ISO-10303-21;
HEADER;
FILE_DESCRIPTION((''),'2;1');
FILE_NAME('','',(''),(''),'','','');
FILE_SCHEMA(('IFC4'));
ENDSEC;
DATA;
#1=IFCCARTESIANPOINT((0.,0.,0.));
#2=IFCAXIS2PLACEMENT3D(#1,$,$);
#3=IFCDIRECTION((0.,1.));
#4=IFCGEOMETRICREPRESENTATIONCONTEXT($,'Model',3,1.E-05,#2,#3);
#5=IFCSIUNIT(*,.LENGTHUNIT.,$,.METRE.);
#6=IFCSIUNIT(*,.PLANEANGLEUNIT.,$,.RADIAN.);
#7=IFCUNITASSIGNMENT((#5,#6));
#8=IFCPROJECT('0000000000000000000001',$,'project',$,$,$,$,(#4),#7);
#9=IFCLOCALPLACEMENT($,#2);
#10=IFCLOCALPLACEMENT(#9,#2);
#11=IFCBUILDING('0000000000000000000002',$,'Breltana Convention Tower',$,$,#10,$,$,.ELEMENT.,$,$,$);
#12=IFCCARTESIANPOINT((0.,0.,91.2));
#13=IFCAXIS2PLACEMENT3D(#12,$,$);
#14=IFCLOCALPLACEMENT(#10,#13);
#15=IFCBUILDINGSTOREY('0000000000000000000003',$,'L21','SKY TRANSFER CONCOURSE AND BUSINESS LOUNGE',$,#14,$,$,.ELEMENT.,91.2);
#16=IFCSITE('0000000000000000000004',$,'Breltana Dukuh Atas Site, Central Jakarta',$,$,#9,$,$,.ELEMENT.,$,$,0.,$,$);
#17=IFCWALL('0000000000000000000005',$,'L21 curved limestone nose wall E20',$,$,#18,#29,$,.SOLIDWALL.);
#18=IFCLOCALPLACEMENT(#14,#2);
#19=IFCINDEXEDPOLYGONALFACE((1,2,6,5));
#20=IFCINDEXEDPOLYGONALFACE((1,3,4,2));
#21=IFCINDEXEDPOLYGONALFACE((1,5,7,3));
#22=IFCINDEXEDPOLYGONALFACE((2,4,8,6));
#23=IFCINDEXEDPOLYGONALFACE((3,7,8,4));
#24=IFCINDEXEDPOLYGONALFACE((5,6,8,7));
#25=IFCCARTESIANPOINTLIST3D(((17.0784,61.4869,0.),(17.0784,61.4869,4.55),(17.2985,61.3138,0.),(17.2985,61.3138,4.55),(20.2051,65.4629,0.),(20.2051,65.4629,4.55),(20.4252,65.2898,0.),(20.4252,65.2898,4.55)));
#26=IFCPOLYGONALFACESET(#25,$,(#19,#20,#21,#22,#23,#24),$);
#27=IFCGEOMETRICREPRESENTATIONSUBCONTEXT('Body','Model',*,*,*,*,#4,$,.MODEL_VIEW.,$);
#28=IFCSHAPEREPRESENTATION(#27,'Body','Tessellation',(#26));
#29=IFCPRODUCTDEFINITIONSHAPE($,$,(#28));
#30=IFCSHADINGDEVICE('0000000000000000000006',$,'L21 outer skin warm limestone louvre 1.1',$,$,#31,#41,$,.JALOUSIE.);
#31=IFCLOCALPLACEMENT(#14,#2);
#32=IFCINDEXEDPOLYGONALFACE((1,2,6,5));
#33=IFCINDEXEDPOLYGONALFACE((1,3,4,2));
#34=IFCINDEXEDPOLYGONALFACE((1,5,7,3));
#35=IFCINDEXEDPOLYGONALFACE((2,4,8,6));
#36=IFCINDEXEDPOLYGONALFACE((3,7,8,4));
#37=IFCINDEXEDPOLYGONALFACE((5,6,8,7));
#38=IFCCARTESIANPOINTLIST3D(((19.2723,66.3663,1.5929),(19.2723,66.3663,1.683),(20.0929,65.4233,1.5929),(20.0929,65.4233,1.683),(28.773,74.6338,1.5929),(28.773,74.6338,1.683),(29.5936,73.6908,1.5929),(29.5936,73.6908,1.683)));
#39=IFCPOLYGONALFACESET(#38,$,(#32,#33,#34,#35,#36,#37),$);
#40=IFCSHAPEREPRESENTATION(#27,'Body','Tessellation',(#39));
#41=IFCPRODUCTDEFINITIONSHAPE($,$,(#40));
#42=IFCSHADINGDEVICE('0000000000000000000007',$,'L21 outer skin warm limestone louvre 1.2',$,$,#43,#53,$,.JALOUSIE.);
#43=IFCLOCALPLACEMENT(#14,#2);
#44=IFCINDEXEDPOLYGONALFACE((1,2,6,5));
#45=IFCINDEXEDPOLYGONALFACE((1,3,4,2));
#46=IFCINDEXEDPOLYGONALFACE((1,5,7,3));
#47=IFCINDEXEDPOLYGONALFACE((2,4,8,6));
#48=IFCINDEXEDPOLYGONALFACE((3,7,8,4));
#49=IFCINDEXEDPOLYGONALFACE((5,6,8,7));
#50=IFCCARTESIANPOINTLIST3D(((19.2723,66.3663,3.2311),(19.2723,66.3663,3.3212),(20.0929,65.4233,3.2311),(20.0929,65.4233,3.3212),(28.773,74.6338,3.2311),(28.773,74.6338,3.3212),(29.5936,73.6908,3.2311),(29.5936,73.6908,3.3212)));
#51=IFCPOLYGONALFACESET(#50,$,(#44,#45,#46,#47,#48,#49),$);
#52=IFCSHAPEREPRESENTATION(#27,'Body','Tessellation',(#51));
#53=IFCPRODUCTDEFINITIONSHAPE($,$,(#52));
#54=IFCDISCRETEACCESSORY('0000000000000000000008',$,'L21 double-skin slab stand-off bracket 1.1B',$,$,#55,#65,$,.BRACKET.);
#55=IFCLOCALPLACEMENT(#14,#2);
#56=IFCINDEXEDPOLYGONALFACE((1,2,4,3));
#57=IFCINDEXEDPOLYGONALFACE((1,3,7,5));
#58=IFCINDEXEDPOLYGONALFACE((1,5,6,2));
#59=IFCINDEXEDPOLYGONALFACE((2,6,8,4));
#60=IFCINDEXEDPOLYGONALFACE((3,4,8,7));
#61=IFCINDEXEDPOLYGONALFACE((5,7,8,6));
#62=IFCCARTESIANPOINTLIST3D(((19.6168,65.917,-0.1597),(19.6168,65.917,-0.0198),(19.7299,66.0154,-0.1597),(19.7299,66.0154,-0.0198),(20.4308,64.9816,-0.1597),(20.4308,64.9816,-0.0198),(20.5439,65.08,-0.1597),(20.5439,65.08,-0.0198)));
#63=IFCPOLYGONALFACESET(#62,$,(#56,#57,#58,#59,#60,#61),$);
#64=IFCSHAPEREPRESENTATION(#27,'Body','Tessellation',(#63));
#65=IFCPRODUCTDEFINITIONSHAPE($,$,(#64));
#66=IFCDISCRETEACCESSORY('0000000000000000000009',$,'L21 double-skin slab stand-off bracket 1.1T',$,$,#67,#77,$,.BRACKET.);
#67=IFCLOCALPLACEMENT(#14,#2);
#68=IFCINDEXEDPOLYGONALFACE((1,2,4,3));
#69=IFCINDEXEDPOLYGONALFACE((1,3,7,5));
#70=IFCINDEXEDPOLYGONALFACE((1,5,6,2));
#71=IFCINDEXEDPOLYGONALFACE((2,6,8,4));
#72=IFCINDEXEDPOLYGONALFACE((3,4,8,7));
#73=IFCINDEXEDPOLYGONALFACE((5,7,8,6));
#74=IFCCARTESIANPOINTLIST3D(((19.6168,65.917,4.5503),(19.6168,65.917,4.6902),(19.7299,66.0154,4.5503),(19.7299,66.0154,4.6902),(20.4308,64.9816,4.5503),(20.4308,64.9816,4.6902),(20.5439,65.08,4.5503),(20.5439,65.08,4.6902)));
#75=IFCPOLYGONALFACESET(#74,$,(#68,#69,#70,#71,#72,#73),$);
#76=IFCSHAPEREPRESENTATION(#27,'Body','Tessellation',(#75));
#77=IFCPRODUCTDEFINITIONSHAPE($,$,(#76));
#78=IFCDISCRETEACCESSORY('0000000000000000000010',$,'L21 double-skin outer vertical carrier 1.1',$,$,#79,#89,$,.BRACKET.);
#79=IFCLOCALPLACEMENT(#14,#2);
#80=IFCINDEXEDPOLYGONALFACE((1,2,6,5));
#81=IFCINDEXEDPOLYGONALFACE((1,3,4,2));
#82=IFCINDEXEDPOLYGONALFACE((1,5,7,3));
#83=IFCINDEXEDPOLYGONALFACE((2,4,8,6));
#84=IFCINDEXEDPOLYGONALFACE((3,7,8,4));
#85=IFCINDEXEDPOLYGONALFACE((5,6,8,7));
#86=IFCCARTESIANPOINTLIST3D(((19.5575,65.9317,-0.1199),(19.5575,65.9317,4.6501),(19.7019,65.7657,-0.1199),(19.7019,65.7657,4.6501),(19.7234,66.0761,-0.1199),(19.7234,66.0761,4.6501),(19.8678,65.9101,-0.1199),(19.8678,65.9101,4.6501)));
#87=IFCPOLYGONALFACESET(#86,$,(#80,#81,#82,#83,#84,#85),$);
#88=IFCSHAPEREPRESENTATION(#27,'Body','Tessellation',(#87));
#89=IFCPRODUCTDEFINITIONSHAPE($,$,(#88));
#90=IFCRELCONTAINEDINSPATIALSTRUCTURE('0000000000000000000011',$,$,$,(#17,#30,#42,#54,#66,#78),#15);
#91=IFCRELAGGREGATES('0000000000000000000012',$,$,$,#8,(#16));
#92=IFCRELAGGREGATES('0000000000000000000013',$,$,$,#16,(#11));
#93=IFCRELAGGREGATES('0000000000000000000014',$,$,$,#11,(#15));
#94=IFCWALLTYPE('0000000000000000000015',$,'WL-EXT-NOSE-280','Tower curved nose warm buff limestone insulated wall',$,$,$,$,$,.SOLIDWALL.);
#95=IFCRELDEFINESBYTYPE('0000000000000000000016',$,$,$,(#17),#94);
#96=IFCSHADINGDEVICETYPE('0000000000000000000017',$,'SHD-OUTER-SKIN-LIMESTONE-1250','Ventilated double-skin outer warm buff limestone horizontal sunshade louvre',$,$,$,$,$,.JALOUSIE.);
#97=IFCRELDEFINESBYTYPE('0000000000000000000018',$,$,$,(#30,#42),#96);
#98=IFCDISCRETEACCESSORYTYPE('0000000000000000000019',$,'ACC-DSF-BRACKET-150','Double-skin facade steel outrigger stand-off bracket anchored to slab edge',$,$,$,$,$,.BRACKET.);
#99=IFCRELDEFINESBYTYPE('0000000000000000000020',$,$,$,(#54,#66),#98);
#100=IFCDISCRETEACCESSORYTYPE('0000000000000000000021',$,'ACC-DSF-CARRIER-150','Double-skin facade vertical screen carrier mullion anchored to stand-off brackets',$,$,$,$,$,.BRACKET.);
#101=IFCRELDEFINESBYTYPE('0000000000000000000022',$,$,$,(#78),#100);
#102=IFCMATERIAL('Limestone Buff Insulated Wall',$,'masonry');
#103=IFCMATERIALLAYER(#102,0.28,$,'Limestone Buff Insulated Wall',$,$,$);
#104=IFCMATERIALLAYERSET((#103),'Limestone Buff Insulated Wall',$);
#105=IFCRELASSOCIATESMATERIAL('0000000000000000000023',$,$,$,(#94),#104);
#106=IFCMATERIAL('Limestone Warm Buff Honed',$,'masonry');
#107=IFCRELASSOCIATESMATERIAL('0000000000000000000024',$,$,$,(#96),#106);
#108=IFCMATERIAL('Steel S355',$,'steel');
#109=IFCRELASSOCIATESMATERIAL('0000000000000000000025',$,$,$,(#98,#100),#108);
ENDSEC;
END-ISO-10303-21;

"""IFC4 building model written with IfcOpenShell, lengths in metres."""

from ifc_helpers import new_model, si_unit, direction, frame, frame_2d, origin, origin_2d, place, context, subcontext, project, spatial, rectangle, extrude, source, transform, mapped, material, layer, layer_set, material_profile, profile_set, type_object, type_shapes, element, save


model = new_model("IFC4")

# Units and contexts
model_context = context("Model", 3, precision=1e-05, world=origin(), true_north=direction((0.0, 1.0)))
body_context = subcontext(model_context, "Body", "Model", "MODEL_VIEW")
ifc_project = project(units=[si_unit("LENGTHUNIT", "METRE"), si_unit("PLANEANGLEUNIT", "RADIAN")], contexts=[model_context])

# Site, building, storey
site_placement = place(None, origin())
site = spatial("IfcSite", under=ifc_project, at=site_placement, Name="Breltana Dukuh Atas Site, Central Jakarta", CompositionType="ELEMENT", RefElevation=0.0)
building_placement = place(site_placement, origin())
building = spatial("IfcBuilding", under=site, at=building_placement, Name="Breltana Convention Tower", CompositionType="ELEMENT")
storey_placement = place(building_placement, frame((0.0, 0.0, 91.2)))
storey = spatial("IfcBuildingStorey", under=building, at=storey_placement, Name="L21", Description="SKY TRANSFER CONCOURSE AND BUSINESS LOUNGE", CompositionType="ELEMENT", Elevation=91.2)

# Wall
ifc_material_1 = material(Name="Limestone Buff Insulated Wall", Category="masonry")
ifc_layer_1 = layer(ifc_material_1, 0.28, Name="Limestone Buff Insulated Wall")
ifc_layer_set_1 = layer_set([ifc_layer_1], Name="Limestone Buff Insulated Wall")
wall_type = type_object("IfcWallType", Name="WL-EXT-NOSE-280", Description="Tower curved nose warm buff limestone insulated wall", PredefinedType="SOLIDWALL", material=ifc_layer_set_1)
shared_shape_1 = source(origin(), body_context, "Body", "SweptSolid", [
    extrude(rectangle(XDim=5.0581, YDim=0.28, at=frame_2d((2.5291, 0.0))), origin(), (0.0, 0.0, 1.0), 4.55),
])
wall_placement = place(storey_placement, frame((17.1885, 61.4004, 0.0), z_axis=(0.0, 0.0, 1.0), x_axis=(0.618146, 0.786064, 0.0)))
element("IfcWall", 1, at=wall_placement, inside=storey, type_object=wall_type, Name="L21 curved limestone nose wall E20", PredefinedType="SOLIDWALL", context=body_context, shape_type="MappedRepresentation", body=[
    mapped(shared_shape_1, transform((0.0, 0.0, 0.0), scale=1.0)),
])

# Shading devices
ifc_material_2 = material(Name="Limestone Warm Buff Honed", Category="masonry")
ifc_material_profile_1 = material_profile(ifc_material_2, rectangle(XDim=1.25, YDim=0.0901, at=origin_2d()), Name="STN-LVR-1250X90")
ifc_profile_set_1 = profile_set([ifc_material_profile_1], Name="Limestone Warm Buff Honed")
shading_device_type = type_object("IfcShadingDeviceType", Name="SHD-OUTER-SKIN-LIMESTONE-1250", Description="Ventilated double-skin outer warm buff limestone horizontal sunshade louvre", PredefinedType="JALOUSIE", material=ifc_profile_set_1)
shared_shape_2 = source(origin(), body_context, "Body", "SweptSolid", [
    extrude(rectangle(XDim=1.25, YDim=0.0901, at=origin_2d()), origin(), (0.0, 0.0, 1.0), 12.5942),
])
for number, where, z_axis, x_axis, name in (
    (2, (19.6826, 65.8948, 1.6379), (0.754367, 0.656453, 0.0), (-0.656453, 0.754367, 0.0), "L21 outer skin warm limestone louvre 1.1"),
    (3, (19.6826, 65.8948, 3.2761), (0.754367, 0.656453, 0.0), (-0.656453, 0.754367, 0.0), "L21 outer skin warm limestone louvre 1.2"),
):
    element("IfcShadingDevice", number, at=place(storey_placement, frame(where, z_axis=z_axis, x_axis=x_axis)), inside=storey, type_object=shading_device_type, Name=name, PredefinedType="JALOUSIE", context=body_context, shape_type="MappedRepresentation", body=[
        mapped(shared_shape_2, transform((0.0, 0.0, 0.0), scale=1.0)),
    ])

# Discrete accessories
ifc_material_3 = material(Name="Steel S355", Category="steel")
discrete_accessory_type_1 = type_object("IfcDiscreteAccessoryType", Name="ACC-DSF-BRACKET-150", Description="Double-skin facade steel outrigger stand-off bracket anchored to slab edge", PredefinedType="BRACKET", material=ifc_material_3)
shared_shape_3 = source(origin(), body_context, "Body", "SweptSolid", [
    extrude(rectangle(XDim=1.24, YDim=0.1499, at=origin_2d()), origin(), (0.0, 0.0, 1.0), 0.1399),
])
type_shapes(discrete_accessory_type_1, [shared_shape_3])
for number, where, z_axis, x_axis, name in (
    (4, (20.0803, 65.4985, -0.1597), (0.0, 0.0, 1.0), (-0.656454, 0.754366, 0.0), "L21 double-skin slab stand-off bracket 1.1B"),
    (5, (20.0803, 65.4985, 4.5503), (0.0, 0.0, 1.0), (-0.656454, 0.754366, 0.0), "L21 double-skin slab stand-off bracket 1.1T"),
):
    element("IfcDiscreteAccessory", number, at=place(storey_placement, frame(where, z_axis=z_axis, x_axis=x_axis)), inside=storey, type_object=discrete_accessory_type_1, Name=name, PredefinedType="BRACKET", context=body_context, shape_type="MappedRepresentation", body=[
        mapped(shared_shape_3, transform((0.0, 0.0, 0.0), scale=1.0)),
    ])
discrete_accessory_type_2 = type_object("IfcDiscreteAccessoryType", Name="ACC-DSF-CARRIER-150", Description="Double-skin facade vertical screen carrier mullion anchored to stand-off brackets", PredefinedType="BRACKET", material=ifc_material_3)
shared_shape_4 = source(origin(), body_context, "Body", "SweptSolid", [
    extrude(rectangle(XDim=0.22, YDim=0.22, at=origin_2d()), origin(), (0.0, 0.0, 1.0), 4.77),
])
discrete_accessory_placement = place(storey_placement, frame((19.7126, 65.9209, -0.1199), z_axis=(0.0, 0.0, 1.0), x_axis=(-0.656454, 0.754366, 0.0)))
element("IfcDiscreteAccessory", 6, at=discrete_accessory_placement, inside=storey, type_object=discrete_accessory_type_2, Name="L21 double-skin outer vertical carrier 1.1", PredefinedType="BRACKET", context=body_context, shape_type="MappedRepresentation", body=[
    mapped(shared_shape_4, transform((0.0, 0.0, 0.0), scale=1.0)),
])

save(model, "model.ifc")
